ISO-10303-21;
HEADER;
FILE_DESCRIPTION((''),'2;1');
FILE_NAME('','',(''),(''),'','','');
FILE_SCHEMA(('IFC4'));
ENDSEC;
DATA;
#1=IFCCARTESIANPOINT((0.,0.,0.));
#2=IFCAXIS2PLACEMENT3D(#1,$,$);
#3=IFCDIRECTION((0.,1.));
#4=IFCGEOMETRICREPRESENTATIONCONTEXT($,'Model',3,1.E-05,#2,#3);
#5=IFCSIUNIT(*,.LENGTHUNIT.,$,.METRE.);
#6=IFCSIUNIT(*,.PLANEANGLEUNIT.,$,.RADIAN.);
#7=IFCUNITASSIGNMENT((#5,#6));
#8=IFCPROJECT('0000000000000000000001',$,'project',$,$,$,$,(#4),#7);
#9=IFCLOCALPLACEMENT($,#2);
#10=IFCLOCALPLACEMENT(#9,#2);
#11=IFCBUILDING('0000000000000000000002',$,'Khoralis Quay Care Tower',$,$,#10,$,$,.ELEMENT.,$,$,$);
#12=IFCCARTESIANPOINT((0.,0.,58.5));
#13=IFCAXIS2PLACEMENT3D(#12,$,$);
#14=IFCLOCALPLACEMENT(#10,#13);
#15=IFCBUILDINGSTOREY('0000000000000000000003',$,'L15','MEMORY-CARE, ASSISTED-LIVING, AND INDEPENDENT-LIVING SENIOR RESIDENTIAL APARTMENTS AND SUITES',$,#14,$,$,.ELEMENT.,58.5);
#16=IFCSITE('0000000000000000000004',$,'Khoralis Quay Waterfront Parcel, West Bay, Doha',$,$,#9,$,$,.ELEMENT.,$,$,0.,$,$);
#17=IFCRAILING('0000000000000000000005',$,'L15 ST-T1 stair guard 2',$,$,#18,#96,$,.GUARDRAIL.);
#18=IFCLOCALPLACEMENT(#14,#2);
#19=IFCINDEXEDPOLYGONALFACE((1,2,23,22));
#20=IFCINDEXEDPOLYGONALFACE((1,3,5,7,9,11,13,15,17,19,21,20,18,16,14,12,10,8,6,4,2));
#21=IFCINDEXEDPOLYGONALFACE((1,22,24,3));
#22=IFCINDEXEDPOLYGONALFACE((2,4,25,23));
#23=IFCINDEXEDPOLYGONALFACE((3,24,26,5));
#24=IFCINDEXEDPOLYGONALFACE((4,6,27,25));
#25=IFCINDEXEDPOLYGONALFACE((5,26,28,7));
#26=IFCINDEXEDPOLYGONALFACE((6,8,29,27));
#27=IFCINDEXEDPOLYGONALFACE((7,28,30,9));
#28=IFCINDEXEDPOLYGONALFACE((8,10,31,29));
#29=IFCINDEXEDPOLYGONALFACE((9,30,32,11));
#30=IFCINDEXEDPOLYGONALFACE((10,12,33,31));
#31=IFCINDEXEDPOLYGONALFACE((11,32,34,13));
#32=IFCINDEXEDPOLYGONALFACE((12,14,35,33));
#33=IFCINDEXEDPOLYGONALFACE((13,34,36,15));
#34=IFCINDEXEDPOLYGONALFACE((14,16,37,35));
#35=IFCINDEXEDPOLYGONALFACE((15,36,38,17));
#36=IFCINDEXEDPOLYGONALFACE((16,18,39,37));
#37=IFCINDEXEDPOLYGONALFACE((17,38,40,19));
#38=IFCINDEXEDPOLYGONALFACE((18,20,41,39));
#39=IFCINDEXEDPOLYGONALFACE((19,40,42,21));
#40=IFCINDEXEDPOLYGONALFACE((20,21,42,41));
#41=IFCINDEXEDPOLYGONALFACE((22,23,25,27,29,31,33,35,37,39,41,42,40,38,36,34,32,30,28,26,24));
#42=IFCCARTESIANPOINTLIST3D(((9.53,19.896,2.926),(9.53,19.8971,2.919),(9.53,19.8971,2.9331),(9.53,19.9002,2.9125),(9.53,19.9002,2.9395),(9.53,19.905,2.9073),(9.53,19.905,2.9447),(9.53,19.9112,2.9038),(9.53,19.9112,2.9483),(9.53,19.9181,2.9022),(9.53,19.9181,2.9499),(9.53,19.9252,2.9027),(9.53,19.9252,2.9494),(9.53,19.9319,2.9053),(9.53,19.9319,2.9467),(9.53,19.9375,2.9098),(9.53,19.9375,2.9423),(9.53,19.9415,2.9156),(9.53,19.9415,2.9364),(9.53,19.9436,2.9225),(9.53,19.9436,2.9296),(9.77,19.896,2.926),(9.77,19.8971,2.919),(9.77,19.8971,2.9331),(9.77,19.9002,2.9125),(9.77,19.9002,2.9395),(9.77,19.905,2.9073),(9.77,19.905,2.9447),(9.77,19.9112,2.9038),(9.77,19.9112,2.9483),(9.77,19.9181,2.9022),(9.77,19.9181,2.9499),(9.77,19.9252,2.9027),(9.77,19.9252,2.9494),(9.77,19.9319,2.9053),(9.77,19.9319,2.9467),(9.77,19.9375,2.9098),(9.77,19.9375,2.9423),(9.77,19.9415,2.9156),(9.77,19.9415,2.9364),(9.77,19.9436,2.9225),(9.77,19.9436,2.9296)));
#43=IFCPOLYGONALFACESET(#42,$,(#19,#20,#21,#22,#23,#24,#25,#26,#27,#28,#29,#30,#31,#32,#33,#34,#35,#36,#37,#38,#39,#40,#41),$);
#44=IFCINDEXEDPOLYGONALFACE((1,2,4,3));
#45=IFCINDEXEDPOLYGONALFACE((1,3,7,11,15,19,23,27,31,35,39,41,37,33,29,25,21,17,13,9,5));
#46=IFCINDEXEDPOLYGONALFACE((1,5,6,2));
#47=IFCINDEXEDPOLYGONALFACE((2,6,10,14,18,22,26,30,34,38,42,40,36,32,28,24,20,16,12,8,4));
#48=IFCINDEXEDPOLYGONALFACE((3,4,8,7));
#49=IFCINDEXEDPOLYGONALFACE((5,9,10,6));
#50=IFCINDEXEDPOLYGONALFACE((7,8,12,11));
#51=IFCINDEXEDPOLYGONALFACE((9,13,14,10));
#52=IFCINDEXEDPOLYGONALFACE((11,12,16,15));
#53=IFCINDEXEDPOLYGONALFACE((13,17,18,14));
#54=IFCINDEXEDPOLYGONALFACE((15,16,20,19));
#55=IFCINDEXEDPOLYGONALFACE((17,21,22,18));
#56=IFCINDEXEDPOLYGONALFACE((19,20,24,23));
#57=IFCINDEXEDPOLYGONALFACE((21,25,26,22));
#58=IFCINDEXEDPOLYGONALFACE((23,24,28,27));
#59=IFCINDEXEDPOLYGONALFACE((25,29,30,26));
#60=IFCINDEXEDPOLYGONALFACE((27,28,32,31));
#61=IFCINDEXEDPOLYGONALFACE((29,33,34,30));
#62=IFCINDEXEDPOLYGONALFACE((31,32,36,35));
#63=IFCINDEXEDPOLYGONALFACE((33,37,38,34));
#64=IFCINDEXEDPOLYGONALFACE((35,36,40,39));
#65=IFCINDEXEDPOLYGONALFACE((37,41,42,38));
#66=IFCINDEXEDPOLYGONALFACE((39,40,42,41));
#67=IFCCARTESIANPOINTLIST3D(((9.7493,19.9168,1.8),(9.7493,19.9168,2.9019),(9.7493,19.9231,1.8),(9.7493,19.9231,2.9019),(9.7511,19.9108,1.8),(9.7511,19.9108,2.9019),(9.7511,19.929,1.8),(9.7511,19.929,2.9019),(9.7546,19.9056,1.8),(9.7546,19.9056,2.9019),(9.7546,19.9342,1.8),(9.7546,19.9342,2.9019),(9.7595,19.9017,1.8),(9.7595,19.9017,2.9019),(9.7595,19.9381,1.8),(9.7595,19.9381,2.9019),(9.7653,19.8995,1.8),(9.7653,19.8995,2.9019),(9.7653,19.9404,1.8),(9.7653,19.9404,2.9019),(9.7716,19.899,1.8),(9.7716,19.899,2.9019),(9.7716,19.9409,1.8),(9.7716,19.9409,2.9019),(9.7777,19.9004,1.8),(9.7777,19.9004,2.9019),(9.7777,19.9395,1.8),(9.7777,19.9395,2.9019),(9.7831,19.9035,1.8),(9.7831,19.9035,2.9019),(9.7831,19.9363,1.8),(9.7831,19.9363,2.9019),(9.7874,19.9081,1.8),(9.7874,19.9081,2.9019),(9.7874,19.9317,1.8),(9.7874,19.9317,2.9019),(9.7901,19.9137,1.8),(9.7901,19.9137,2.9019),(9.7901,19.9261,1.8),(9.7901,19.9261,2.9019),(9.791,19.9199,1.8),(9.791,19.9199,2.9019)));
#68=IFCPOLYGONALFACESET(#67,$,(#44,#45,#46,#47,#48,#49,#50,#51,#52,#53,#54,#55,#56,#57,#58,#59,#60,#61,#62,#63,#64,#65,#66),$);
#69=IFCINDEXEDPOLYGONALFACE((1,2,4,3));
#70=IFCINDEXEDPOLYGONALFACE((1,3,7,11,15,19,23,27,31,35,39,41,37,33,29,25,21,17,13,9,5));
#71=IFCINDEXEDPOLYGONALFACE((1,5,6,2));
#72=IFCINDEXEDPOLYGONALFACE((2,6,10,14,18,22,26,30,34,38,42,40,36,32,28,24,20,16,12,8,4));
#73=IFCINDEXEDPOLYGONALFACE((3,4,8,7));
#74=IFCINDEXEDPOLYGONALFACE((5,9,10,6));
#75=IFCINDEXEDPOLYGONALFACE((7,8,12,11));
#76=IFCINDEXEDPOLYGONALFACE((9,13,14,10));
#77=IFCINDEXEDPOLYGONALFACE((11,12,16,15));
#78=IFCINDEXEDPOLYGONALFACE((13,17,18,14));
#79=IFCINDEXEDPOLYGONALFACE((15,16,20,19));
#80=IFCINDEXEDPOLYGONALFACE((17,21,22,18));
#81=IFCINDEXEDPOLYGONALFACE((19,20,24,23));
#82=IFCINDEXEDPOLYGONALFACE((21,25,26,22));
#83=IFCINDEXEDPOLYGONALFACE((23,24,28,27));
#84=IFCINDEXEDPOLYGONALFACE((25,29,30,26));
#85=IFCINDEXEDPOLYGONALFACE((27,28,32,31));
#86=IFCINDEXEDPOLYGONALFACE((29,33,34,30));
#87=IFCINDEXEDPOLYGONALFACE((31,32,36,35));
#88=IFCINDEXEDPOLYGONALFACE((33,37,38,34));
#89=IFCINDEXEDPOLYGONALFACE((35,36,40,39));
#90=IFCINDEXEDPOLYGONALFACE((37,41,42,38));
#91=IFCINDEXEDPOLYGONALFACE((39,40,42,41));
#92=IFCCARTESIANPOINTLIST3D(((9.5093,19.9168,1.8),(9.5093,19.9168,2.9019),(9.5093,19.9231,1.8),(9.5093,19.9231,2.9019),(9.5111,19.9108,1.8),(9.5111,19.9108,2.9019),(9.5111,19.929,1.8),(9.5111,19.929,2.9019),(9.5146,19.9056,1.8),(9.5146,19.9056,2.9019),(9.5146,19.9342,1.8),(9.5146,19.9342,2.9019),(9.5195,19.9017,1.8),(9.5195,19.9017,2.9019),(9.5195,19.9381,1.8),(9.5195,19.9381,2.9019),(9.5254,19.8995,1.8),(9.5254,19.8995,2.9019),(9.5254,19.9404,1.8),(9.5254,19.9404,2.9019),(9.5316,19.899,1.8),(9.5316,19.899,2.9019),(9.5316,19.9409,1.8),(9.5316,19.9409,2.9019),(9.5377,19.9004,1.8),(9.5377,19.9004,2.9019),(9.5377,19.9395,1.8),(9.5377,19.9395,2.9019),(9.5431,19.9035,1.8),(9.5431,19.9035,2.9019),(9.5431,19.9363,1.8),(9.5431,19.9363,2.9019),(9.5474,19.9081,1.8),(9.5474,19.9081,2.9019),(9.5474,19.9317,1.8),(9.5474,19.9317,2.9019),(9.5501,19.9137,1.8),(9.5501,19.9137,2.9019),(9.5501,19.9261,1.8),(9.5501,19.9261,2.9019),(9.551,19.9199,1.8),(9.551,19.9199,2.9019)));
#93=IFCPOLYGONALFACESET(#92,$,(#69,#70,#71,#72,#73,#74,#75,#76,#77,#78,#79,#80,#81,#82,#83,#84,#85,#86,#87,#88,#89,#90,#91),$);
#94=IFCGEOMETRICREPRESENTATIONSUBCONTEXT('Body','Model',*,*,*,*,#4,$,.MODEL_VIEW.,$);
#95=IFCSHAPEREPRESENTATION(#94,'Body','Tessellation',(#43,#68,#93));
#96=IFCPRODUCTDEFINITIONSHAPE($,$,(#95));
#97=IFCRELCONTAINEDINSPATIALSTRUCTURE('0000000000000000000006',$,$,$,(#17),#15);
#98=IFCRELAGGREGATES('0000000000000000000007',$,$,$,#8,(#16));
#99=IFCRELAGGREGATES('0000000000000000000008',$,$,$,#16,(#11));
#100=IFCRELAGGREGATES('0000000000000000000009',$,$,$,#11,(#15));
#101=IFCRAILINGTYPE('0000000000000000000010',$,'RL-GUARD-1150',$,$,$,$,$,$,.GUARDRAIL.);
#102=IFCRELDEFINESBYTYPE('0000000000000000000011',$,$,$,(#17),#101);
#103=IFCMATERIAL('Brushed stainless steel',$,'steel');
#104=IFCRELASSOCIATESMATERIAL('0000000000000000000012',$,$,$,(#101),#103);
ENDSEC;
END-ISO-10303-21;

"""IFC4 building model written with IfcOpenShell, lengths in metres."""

from ifc_helpers import new_model, si_unit, direction, frame, origin, origin_2d, place, context, subcontext, project, spatial, circle, extrude, material, type_object, element, save


model = new_model("IFC4")

# Units and contexts
model_context = context("Model", 3, precision=1e-05, world=origin(), true_north=direction((0.0, 1.0)))
body_context = subcontext(model_context, "Body", "Model", "MODEL_VIEW")
ifc_project = project(units=[si_unit("LENGTHUNIT", "METRE"), si_unit("PLANEANGLEUNIT", "RADIAN")], contexts=[model_context])

# Site, building, storey
site_placement = place(None, origin())
site = spatial("IfcSite", under=ifc_project, at=site_placement, Name="Khoralis Quay Waterfront Parcel, West Bay, Doha", CompositionType="ELEMENT", RefElevation=0.0)
building_placement = place(site_placement, origin())
building = spatial("IfcBuilding", under=site, at=building_placement, Name="Khoralis Quay Care Tower", CompositionType="ELEMENT")
storey_placement = place(building_placement, frame((0.0, 0.0, 58.5)))
storey = spatial("IfcBuildingStorey", under=building, at=storey_placement, Name="L15", Description="MEMORY-CARE, ASSISTED-LIVING, AND INDEPENDENT-LIVING SENIOR RESIDENTIAL APARTMENTS AND SUITES", CompositionType="ELEMENT", Elevation=58.5)

# Shared definitions
ifc_material_1 = material(Name="Brushed stainless steel", Category="steel")

# Railing
railing_type_1 = type_object("IfcRailingType", Name="RL-GUARD-1150", PredefinedType="GUARDRAIL", material=ifc_material_1)
railing_1_placement = place(storey_placement, frame((9.77, 19.9199, 1.8)))
element("IfcRailing", 1, at=railing_1_placement, inside=storey, type_object=railing_type_1, Name="L15 ST-T1 stair guard 2", PredefinedType="GUARDRAIL", context=body_context, shape_type="SweptSolid", body=[
    extrude(circle(Radius=0.0239, at=origin_2d()), frame((0.0, 0.0, 1.126), z_axis=(-1.0, 0.0, 0.0), x_axis=(0.0, -1.0, 0.0)), (0.0, 0.0, 1.0), 0.24),
    extrude(circle(Radius=0.021, at=origin_2d()), origin(), (0.0, 0.0, 1.0), 1.1018),
    extrude(circle(Radius=0.021, at=origin_2d()), frame((-0.24, 0.0, 0.0)), (0.0, 0.0, 1.0), 1.1018),
])

save(model, "model.ifc")
